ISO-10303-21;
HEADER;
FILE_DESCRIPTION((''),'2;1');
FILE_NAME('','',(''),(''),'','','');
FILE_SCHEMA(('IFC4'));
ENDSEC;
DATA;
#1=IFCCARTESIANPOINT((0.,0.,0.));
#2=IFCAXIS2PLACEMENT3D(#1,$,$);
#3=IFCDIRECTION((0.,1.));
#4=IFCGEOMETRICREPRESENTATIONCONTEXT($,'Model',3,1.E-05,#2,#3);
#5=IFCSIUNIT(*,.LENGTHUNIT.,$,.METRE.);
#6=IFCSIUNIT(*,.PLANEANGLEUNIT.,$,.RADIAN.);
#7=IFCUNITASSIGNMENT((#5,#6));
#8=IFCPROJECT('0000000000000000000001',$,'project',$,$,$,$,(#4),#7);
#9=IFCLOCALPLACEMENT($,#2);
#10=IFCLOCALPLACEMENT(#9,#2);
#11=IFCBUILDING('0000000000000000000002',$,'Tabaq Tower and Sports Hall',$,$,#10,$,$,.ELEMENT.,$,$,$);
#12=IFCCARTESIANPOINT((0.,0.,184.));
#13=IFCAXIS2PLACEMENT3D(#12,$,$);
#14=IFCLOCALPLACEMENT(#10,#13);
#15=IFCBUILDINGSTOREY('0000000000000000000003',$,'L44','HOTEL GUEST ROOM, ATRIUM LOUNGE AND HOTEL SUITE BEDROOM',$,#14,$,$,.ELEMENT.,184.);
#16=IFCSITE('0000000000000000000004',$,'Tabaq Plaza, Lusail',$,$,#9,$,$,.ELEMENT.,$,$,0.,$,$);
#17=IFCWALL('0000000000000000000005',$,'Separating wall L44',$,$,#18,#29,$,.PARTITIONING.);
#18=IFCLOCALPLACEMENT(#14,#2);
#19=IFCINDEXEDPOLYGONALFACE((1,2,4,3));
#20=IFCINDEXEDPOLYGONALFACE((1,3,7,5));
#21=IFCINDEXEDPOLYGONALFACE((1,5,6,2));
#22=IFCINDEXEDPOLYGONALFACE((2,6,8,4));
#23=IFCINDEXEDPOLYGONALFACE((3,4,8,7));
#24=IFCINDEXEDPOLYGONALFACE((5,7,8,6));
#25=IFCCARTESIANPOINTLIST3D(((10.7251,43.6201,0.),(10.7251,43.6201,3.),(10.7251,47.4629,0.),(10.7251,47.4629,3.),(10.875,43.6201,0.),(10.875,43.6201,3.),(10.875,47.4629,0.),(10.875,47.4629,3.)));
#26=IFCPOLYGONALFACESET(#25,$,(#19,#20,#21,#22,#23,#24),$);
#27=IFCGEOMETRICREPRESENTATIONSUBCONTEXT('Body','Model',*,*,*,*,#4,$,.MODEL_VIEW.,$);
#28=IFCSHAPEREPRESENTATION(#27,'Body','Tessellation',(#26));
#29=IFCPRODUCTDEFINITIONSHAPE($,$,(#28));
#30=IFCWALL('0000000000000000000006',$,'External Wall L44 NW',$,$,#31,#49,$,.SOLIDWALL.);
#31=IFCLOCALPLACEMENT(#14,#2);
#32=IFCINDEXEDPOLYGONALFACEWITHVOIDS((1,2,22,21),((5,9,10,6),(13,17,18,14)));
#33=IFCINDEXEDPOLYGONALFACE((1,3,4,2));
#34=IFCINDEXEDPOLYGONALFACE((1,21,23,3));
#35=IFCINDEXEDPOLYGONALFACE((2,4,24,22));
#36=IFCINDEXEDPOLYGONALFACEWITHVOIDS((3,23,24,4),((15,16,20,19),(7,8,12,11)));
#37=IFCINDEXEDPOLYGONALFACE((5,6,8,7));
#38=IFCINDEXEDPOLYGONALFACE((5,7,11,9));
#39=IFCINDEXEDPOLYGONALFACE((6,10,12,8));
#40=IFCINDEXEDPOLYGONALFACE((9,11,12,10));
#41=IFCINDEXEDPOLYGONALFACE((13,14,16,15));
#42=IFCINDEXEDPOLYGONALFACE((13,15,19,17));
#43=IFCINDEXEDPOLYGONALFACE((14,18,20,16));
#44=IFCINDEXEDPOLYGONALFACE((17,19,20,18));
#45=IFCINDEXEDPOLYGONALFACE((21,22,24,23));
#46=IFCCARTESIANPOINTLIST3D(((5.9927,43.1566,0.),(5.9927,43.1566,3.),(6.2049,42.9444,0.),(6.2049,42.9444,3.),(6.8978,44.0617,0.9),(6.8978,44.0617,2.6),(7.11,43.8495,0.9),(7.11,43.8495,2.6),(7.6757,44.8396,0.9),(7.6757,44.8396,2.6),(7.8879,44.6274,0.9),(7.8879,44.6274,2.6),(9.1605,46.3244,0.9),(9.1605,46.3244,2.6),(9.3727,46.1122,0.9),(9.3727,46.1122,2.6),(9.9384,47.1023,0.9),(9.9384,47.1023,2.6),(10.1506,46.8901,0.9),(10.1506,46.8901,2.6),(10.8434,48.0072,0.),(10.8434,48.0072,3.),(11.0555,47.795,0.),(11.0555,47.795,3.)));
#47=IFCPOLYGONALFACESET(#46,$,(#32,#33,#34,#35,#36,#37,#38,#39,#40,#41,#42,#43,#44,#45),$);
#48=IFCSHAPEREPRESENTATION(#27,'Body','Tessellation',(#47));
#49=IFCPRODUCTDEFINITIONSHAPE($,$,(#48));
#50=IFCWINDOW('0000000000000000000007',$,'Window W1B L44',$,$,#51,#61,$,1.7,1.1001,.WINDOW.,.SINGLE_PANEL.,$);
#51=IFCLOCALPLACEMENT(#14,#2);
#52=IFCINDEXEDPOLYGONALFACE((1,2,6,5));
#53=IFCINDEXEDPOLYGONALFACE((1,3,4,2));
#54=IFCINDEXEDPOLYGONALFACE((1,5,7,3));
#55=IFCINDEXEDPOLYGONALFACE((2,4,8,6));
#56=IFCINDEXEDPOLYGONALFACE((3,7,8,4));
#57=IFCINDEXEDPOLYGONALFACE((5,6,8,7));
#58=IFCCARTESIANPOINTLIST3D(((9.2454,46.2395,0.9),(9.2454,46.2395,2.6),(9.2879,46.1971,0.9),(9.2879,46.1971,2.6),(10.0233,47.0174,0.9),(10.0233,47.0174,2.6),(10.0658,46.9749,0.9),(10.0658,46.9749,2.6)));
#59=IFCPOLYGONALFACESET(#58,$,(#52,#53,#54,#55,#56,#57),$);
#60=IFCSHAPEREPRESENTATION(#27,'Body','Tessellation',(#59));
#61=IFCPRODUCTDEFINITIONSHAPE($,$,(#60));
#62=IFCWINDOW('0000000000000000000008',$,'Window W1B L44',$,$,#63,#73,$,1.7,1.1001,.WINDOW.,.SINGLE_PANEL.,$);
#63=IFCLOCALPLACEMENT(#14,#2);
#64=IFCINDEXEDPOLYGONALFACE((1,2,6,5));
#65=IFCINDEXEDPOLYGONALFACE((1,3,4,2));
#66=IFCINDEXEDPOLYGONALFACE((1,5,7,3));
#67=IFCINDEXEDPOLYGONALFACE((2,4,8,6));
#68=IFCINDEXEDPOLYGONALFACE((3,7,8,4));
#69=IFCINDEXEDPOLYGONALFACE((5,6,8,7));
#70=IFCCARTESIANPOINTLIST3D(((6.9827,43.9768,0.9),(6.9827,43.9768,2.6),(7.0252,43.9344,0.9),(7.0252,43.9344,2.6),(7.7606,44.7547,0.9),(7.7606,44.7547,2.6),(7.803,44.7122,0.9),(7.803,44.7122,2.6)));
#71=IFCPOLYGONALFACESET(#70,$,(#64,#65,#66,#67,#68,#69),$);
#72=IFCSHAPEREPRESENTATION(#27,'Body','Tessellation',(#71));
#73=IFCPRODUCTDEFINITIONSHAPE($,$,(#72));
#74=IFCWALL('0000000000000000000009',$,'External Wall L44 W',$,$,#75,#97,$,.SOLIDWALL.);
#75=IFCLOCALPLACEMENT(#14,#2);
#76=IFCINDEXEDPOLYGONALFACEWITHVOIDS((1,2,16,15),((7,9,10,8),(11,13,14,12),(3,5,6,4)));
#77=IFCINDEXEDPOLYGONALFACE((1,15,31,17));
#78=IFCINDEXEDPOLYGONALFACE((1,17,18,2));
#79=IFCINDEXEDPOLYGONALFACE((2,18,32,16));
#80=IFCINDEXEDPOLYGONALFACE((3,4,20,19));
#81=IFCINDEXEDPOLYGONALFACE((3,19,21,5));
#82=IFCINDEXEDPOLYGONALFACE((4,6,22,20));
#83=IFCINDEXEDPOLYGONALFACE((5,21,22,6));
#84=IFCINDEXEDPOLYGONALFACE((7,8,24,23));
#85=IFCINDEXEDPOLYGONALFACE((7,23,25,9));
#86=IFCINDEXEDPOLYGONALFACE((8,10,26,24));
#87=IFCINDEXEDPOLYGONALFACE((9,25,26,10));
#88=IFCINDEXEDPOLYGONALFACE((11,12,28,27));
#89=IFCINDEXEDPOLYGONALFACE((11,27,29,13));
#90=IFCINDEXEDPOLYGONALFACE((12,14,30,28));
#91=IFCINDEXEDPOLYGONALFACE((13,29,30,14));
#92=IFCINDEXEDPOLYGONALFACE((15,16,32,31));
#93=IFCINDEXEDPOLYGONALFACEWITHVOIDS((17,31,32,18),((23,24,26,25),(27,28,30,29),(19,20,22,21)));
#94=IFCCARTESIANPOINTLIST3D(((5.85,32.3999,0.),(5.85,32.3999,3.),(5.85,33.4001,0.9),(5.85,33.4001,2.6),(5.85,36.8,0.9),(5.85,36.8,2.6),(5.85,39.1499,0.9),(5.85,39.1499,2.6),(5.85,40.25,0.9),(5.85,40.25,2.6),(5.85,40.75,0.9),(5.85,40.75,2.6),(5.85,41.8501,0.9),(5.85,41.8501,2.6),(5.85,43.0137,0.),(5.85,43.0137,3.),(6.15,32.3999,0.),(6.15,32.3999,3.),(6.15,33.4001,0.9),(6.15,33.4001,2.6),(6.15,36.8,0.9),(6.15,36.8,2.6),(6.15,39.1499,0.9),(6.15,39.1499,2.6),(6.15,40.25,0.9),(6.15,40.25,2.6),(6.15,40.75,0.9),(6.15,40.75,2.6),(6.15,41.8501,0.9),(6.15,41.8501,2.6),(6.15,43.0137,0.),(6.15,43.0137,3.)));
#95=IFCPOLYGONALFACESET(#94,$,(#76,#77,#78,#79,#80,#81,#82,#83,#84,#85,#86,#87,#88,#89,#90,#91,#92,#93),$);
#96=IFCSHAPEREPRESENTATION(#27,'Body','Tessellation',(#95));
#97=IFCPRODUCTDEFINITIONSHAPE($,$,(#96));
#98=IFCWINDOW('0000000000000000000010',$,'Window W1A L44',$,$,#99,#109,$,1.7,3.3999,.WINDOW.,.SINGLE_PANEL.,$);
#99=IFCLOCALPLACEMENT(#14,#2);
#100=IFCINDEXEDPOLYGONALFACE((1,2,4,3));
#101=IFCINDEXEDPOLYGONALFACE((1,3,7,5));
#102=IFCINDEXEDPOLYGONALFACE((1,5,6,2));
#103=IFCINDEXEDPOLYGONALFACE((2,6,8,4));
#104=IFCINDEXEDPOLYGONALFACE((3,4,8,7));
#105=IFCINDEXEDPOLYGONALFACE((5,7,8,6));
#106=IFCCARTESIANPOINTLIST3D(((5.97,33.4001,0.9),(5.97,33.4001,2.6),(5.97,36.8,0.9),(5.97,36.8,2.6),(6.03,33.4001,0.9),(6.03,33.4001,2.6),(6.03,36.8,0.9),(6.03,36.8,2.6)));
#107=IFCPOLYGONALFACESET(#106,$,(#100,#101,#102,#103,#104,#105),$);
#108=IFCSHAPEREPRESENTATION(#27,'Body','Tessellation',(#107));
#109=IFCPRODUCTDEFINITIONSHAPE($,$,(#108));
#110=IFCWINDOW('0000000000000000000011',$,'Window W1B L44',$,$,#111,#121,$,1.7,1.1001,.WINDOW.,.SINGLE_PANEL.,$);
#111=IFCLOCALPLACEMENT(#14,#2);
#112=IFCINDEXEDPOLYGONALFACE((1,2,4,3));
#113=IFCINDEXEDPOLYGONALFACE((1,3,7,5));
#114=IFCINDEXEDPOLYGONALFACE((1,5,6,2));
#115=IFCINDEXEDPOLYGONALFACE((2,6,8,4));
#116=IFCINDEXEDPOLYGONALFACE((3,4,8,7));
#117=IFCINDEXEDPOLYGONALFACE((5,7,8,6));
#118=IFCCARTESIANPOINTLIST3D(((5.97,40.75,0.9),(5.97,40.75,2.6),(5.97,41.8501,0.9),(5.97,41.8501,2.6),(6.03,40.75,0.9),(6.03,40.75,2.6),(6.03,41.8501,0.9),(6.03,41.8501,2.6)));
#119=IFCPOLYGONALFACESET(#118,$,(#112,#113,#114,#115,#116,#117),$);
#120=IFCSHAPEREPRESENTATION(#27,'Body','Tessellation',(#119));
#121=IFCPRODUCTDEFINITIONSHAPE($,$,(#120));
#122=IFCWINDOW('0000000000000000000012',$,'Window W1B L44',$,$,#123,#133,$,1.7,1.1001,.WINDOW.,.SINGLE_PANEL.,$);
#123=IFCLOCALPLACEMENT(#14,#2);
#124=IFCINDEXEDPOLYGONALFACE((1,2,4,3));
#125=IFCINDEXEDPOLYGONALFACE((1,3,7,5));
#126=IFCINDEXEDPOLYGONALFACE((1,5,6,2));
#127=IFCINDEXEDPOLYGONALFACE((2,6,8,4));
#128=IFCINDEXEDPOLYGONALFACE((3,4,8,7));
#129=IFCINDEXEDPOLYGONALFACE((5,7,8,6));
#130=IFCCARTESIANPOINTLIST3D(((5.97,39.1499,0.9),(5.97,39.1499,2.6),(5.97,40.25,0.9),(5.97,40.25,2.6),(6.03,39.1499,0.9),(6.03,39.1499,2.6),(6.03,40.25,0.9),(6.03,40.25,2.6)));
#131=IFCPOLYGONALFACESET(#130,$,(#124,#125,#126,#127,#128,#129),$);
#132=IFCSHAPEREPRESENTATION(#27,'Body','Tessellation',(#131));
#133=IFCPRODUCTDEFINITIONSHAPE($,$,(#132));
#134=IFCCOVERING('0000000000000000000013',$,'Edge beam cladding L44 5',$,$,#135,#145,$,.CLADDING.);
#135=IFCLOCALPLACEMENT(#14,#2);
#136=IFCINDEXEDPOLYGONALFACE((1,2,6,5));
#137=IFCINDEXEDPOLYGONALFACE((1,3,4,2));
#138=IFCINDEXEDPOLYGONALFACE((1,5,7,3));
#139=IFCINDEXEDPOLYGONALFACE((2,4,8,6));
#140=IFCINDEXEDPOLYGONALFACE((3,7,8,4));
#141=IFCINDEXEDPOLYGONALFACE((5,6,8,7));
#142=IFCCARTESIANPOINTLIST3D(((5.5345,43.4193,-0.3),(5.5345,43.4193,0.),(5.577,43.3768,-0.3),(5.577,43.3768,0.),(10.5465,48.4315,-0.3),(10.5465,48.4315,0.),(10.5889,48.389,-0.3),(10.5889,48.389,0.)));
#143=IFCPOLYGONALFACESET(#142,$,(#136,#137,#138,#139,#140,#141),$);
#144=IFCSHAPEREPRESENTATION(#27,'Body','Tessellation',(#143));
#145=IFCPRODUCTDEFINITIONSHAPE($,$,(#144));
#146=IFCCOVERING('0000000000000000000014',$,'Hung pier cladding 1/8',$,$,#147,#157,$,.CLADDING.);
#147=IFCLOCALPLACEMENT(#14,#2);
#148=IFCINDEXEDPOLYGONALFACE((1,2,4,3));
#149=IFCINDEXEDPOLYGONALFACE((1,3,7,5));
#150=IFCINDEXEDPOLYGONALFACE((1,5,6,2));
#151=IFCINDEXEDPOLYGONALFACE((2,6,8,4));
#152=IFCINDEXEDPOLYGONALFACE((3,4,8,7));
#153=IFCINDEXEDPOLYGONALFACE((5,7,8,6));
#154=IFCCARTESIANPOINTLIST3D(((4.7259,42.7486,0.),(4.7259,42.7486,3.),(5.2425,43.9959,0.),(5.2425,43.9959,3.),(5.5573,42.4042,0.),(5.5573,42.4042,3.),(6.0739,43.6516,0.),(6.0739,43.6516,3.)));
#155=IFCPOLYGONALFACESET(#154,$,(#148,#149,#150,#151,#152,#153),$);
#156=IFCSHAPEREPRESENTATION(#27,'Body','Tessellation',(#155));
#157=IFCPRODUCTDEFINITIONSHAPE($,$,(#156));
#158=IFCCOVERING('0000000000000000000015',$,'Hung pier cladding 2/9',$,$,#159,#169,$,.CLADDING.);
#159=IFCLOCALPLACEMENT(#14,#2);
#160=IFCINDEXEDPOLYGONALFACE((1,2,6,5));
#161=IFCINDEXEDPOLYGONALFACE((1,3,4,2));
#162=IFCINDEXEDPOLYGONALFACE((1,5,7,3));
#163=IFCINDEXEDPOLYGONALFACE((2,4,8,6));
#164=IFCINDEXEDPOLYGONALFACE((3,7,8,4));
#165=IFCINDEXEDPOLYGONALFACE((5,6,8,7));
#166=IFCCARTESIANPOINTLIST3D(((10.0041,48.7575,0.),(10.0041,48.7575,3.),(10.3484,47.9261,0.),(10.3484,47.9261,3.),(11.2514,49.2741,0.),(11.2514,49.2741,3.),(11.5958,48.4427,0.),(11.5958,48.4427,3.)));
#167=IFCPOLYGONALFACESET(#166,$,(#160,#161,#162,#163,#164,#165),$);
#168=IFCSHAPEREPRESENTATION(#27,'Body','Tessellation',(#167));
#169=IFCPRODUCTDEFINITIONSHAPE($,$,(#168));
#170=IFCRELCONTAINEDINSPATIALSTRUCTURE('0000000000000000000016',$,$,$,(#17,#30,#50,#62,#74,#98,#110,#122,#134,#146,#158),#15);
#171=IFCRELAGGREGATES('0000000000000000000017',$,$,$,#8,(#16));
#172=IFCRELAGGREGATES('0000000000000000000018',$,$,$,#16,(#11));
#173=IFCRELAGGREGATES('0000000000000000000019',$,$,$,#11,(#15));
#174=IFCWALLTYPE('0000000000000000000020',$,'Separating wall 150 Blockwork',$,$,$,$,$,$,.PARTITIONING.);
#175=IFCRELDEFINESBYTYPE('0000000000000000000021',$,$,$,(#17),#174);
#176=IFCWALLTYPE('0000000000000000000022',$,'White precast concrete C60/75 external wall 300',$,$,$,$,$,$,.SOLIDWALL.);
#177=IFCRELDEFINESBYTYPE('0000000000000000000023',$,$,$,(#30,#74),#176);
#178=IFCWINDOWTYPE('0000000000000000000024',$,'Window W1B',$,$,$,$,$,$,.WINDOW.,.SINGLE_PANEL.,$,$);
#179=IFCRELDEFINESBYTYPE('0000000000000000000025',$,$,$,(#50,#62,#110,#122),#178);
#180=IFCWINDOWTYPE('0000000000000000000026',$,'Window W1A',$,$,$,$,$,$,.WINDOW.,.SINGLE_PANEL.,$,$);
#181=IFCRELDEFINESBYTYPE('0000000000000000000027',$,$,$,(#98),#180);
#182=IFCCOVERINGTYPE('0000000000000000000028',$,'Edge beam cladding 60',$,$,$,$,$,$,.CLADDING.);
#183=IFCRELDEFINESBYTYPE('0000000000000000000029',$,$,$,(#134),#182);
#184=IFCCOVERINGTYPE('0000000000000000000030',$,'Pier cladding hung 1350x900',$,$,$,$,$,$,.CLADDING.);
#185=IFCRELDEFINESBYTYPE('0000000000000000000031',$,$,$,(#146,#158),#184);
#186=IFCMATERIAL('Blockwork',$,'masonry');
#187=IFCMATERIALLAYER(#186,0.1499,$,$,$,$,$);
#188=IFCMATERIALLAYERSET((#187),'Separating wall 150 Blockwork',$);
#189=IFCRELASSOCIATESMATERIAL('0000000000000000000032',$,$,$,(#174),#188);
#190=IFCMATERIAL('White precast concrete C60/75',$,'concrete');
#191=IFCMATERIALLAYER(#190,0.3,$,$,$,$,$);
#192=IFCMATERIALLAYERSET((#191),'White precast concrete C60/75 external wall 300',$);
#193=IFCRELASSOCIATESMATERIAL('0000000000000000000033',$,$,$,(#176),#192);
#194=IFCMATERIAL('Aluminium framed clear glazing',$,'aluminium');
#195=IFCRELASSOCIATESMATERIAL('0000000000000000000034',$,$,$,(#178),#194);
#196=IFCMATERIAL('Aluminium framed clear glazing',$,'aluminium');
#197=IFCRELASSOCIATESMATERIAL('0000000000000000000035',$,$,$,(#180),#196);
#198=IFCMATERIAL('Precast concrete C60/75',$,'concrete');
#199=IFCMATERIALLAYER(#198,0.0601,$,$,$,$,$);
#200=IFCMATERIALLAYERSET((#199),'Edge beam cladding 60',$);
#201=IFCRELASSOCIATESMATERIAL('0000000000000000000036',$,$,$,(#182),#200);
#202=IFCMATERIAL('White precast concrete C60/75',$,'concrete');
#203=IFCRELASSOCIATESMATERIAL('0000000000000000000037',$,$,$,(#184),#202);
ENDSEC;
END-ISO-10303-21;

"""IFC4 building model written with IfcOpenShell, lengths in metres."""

from ifc_helpers import new_model, si_unit, direction, frame, frame_2d, origin, place, context, subcontext, project, spatial, rectangle, extrude, material, layer, layer_set, type_object, element, fill, save


model = new_model("IFC4")

# Units and contexts
model_context = context("Model", 3, precision=1e-05, world=origin(), true_north=direction((0.0, 1.0)))
body_context = subcontext(model_context, "Body", "Model", "MODEL_VIEW")
ifc_project = project(units=[si_unit("LENGTHUNIT", "METRE"), si_unit("PLANEANGLEUNIT", "RADIAN")], contexts=[model_context])

# Site, building, storey
site_placement = place(None, origin())
site = spatial("IfcSite", under=ifc_project, at=site_placement, Name="Tabaq Plaza, Lusail", CompositionType="ELEMENT", RefElevation=0.0)
building_placement = place(site_placement, origin())
building = spatial("IfcBuilding", under=site, at=building_placement, Name="Tabaq Tower and Sports Hall", CompositionType="ELEMENT")
storey_placement = place(building_placement, frame((0.0, 0.0, 184.0)))
storey = spatial("IfcBuildingStorey", under=building, at=storey_placement, Name="L44", Description="HOTEL GUEST ROOM, ATRIUM LOUNGE AND HOTEL SUITE BEDROOM", CompositionType="ELEMENT", Elevation=184.0)

# Wall
ifc_material_1 = material(Name="Blockwork", Category="masonry")
ifc_layer_1 = layer(ifc_material_1, 0.1499)
ifc_layer_set_1 = layer_set([ifc_layer_1], Name="Separating wall 150 Blockwork")
wall_type_1 = type_object("IfcWallType", Name="Separating wall 150 Blockwork", PredefinedType="PARTITIONING", material=ifc_layer_set_1)
wall_1_placement = place(storey_placement, frame((10.8, 43.6201, 0.0), z_axis=(0.0, 0.0, 1.0), x_axis=(0.0, 1.0, 0.0)))
element("IfcWall", 1, at=wall_1_placement, inside=storey, type_object=wall_type_1, Name="Separating wall L44", PredefinedType="PARTITIONING", context=body_context, shape_type="SweptSolid", body=[
    extrude(rectangle(XDim=3.8428, YDim=0.1499, at=frame_2d((1.9214, 0.0))), origin(), (0.0, 0.0, 1.0), 3.0),
])

# Walls, openings, windows
ifc_material_2 = material(Name="White precast concrete C60/75", Category="concrete")
ifc_layer_2 = layer(ifc_material_2, 0.3)
ifc_layer_set_2 = layer_set([ifc_layer_2], Name="White precast concrete C60/75 external wall 300")
wall_type_2 = type_object("IfcWallType", Name="White precast concrete C60/75 external wall 300", PredefinedType="SOLIDWALL", material=ifc_layer_set_2)
wall_2_placement = place(storey_placement, frame((10.9495, 47.9011, 0.0), z_axis=(0.0, 0.0, 1.0), x_axis=(-0.707107, -0.707107, 0.0)))
wall_2 = element("IfcWall", 2, at=wall_2_placement, inside=storey, type_object=wall_type_2, Name="External Wall L44 NW", PredefinedType="SOLIDWALL", context=body_context, shape_type="SweptSolid", body=[
    extrude(rectangle(XDim=6.8599, YDim=0.3, at=frame_2d((3.4299, 0.0))), origin(), (0.0, 0.0, 1.0), 3.0),
])
opening_1_placement = place(wall_2_placement, frame((1.2798, 0.0, 0.8999)))
opening_1 = element("IfcOpeningElement", 3, at=opening_1_placement, cuts=wall_2, PredefinedType="OPENING", context=body_context, shape_type="SweptSolid", body=[
    extrude(rectangle(XDim=1.1001, YDim=1.7, at=frame_2d((0.55, 0.8501))), frame((0.0, 0.1602, 0.0), z_axis=(0.0, -1.0, 0.0), x_axis=(1.0, 0.0, 0.0)), (0.0, 0.0, 1.0), 0.3201),
])
opening_2_placement = place(wall_2_placement, frame((4.4797, 0.0, 0.8999)))
opening_2 = element("IfcOpeningElement", 4, at=opening_2_placement, cuts=wall_2, PredefinedType="OPENING", context=body_context, shape_type="SweptSolid", body=[
    extrude(rectangle(XDim=1.1001, YDim=1.7, at=frame_2d((0.55, 0.8501))), frame((0.0, 0.1602, 0.0), z_axis=(0.0, -1.0, 0.0), x_axis=(1.0, 0.0, 0.0)), (0.0, 0.0, 1.0), 0.3201),
])
ifc_material_3 = material(Name="Aluminium framed clear glazing", Category="aluminium")
window_type_1 = type_object("IfcWindowType", Name="Window W1B", PartitioningType="SINGLE_PANEL", PredefinedType="WINDOW", material=ifc_material_3)
window_1_placement = place(opening_1_placement, origin())
window_1 = element("IfcWindow", 5, at=window_1_placement, inside=storey, type_object=window_type_1, Name="Window W1B L44", OverallHeight=1.7, OverallWidth=1.1001, PartitioningType="SINGLE_PANEL", PredefinedType="WINDOW", context=body_context, shape_type="SweptSolid", body=[
    extrude(rectangle(XDim=1.1001, YDim=1.7, at=frame_2d((0.55, 0.8501))), frame((0.0, 0.03, 0.0), z_axis=(0.0, -1.0, 0.0), x_axis=(1.0, 0.0, 0.0)), (0.0, 0.0, 1.0), 0.0601),
])
fill(opening_1, window_1)
window_2_placement = place(opening_2_placement, origin())
window_2 = element("IfcWindow", 6, at=window_2_placement, inside=storey, type_object=window_type_1, Name="Window W1B L44", OverallHeight=1.7, OverallWidth=1.1001, PartitioningType="SINGLE_PANEL", PredefinedType="WINDOW", context=body_context, shape_type="SweptSolid", body=[
    extrude(rectangle(XDim=1.1001, YDim=1.7, at=frame_2d((0.55, 0.8501))), frame((0.0, 0.03, 0.0), z_axis=(0.0, -1.0, 0.0), x_axis=(1.0, 0.0, 0.0)), (0.0, 0.0, 1.0), 0.0601),
])
fill(opening_2, window_2)
wall_3_placement = place(storey_placement, frame((6.0, 43.0137, 0.0), z_axis=(0.0, 0.0, 1.0), x_axis=(0.0, -1.0, 0.0)))
wall_3 = element("IfcWall", 7, at=wall_3_placement, inside=storey, type_object=wall_type_2, Name="External Wall L44 W", PredefinedType="SOLIDWALL", context=body_context, shape_type="SweptSolid", body=[
    extrude(rectangle(XDim=10.6138, YDim=0.3, at=frame_2d((5.3069, 0.0))), origin(), (0.0, 0.0, 1.0), 3.0),
])
opening_3_placement = place(wall_3_placement, frame((1.1636, 0.0, 0.8999)))
opening_3 = element("IfcOpeningElement", 8, at=opening_3_placement, cuts=wall_3, PredefinedType="OPENING", context=body_context, shape_type="SweptSolid", body=[
    extrude(rectangle(XDim=1.1001, YDim=1.7, at=frame_2d((0.55, 0.8501))), frame((0.0, 0.1602, 0.0), z_axis=(0.0, -1.0, 0.0), x_axis=(1.0, 0.0, 0.0)), (0.0, 0.0, 1.0), 0.3201),
])
opening_4_placement = place(wall_3_placement, frame((2.7637, 0.0, 0.8999)))
opening_4 = element("IfcOpeningElement", 9, at=opening_4_placement, cuts=wall_3, PredefinedType="OPENING", context=body_context, shape_type="SweptSolid", body=[
    extrude(rectangle(XDim=1.1001, YDim=1.7, at=frame_2d((0.55, 0.8501))), frame((0.0, 0.1602, 0.0), z_axis=(0.0, -1.0, 0.0), x_axis=(1.0, 0.0, 0.0)), (0.0, 0.0, 1.0), 0.3201),
])
opening_5_placement = place(wall_3_placement, frame((6.2136, 0.0, 0.8999)))
opening_5 = element("IfcOpeningElement", 10, at=opening_5_placement, cuts=wall_3, PredefinedType="OPENING", context=body_context, shape_type="SweptSolid", body=[
    extrude(rectangle(XDim=3.3999, YDim=1.7, at=frame_2d((1.7, 0.8501))), frame((0.0, 0.1602, 0.0), z_axis=(0.0, -1.0, 0.0), x_axis=(1.0, 0.0, 0.0)), (0.0, 0.0, 1.0), 0.3201),
])
ifc_material_4 = material(Name="Aluminium framed clear glazing", Category="aluminium")
window_type_2 = type_object("IfcWindowType", Name="Window W1A", PartitioningType="SINGLE_PANEL", PredefinedType="WINDOW", material=ifc_material_4)
window_3_placement = place(opening_5_placement, origin())
window_3 = element("IfcWindow", 11, at=window_3_placement, inside=storey, type_object=window_type_2, Name="Window W1A L44", OverallHeight=1.7, OverallWidth=3.3999, PartitioningType="SINGLE_PANEL", PredefinedType="WINDOW", context=body_context, shape_type="SweptSolid", body=[
    extrude(rectangle(XDim=3.3999, YDim=1.7, at=frame_2d((1.7, 0.8501))), frame((0.0, 0.03, 0.0), z_axis=(0.0, -1.0, 0.0), x_axis=(1.0, 0.0, 0.0)), (0.0, 0.0, 1.0), 0.0601),
])
fill(opening_5, window_3)
window_4_placement = place(opening_3_placement, origin())
window_4 = element("IfcWindow", 12, at=window_4_placement, inside=storey, type_object=window_type_1, Name="Window W1B L44", OverallHeight=1.7, OverallWidth=1.1001, PartitioningType="SINGLE_PANEL", PredefinedType="WINDOW", context=body_context, shape_type="SweptSolid", body=[
    extrude(rectangle(XDim=1.1001, YDim=1.7, at=frame_2d((0.55, 0.8501))), frame((0.0, 0.03, 0.0), z_axis=(0.0, -1.0, 0.0), x_axis=(1.0, 0.0, 0.0)), (0.0, 0.0, 1.0), 0.0601),
])
fill(opening_3, window_4)
window_5_placement = place(opening_4_placement, origin())
window_5 = element("IfcWindow", 13, at=window_5_placement, inside=storey, type_object=window_type_1, Name="Window W1B L44", OverallHeight=1.7, OverallWidth=1.1001, PartitioningType="SINGLE_PANEL", PredefinedType="WINDOW", context=body_context, shape_type="SweptSolid", body=[
    extrude(rectangle(XDim=1.1001, YDim=1.7, at=frame_2d((0.55, 0.8501))), frame((0.0, 0.03, 0.0), z_axis=(0.0, -1.0, 0.0), x_axis=(1.0, 0.0, 0.0)), (0.0, 0.0, 1.0), 0.0601),
])
fill(opening_4, window_5)

# Coverings
ifc_material_5 = material(Name="Precast concrete C60/75", Category="concrete")
ifc_layer_3 = layer(ifc_material_5, 0.0601)
ifc_layer_set_3 = layer_set([ifc_layer_3], Name="Edge beam cladding 60")
covering_type_1 = type_object("IfcCoveringType", Name="Edge beam cladding 60", PredefinedType="CLADDING", material=ifc_layer_set_3)
covering_1_placement = place(storey_placement, frame((10.5676, 48.4102, -0.3), z_axis=(0.0, 0.0, 1.0), x_axis=(-0.70709, -0.707124, 0.0)))
element("IfcCovering", 14, at=covering_1_placement, inside=storey, type_object=covering_type_1, Name="Edge beam cladding L44 5", PredefinedType="CLADDING", context=body_context, shape_type="SweptSolid", body=[
    extrude(rectangle(XDim=7.0881, YDim=0.0601, at=frame_2d((3.5439, 0.0))), origin(), (0.0, 0.0, 1.0), 0.3),
])
ifc_material_6 = material(Name="White precast concrete C60/75", Category="concrete")
covering_type_2 = type_object("IfcCoveringType", Name="Pier cladding hung 1350x900", PredefinedType="CLADDING", material=ifc_material_6)
for number, where, z_axis, x_axis, name in (
    (15, (5.6582, 43.8237, 0.0), (0.0, 0.0, 1.0), (-0.38265, -0.923893, 0.0), "Hung pier cladding 1/8"),
    (16, (11.4236, 48.8584, 0.0), (0.0, 0.0, 1.0), (-0.923893, -0.38265, 0.0), "Hung pier cladding 2/9"),
):
    element("IfcCovering", number, at=place(storey_placement, frame(where, z_axis=z_axis, x_axis=x_axis)), inside=storey, type_object=covering_type_2, Name=name, PredefinedType="CLADDING", context=body_context, shape_type="SweptSolid", body=[
        extrude(rectangle(XDim=1.3501, YDim=0.8999, at=frame_2d((0.675, 0.0))), origin(), (0.0, 0.0, 1.0), 3.0),
    ])

save(model, "model.ifc")
